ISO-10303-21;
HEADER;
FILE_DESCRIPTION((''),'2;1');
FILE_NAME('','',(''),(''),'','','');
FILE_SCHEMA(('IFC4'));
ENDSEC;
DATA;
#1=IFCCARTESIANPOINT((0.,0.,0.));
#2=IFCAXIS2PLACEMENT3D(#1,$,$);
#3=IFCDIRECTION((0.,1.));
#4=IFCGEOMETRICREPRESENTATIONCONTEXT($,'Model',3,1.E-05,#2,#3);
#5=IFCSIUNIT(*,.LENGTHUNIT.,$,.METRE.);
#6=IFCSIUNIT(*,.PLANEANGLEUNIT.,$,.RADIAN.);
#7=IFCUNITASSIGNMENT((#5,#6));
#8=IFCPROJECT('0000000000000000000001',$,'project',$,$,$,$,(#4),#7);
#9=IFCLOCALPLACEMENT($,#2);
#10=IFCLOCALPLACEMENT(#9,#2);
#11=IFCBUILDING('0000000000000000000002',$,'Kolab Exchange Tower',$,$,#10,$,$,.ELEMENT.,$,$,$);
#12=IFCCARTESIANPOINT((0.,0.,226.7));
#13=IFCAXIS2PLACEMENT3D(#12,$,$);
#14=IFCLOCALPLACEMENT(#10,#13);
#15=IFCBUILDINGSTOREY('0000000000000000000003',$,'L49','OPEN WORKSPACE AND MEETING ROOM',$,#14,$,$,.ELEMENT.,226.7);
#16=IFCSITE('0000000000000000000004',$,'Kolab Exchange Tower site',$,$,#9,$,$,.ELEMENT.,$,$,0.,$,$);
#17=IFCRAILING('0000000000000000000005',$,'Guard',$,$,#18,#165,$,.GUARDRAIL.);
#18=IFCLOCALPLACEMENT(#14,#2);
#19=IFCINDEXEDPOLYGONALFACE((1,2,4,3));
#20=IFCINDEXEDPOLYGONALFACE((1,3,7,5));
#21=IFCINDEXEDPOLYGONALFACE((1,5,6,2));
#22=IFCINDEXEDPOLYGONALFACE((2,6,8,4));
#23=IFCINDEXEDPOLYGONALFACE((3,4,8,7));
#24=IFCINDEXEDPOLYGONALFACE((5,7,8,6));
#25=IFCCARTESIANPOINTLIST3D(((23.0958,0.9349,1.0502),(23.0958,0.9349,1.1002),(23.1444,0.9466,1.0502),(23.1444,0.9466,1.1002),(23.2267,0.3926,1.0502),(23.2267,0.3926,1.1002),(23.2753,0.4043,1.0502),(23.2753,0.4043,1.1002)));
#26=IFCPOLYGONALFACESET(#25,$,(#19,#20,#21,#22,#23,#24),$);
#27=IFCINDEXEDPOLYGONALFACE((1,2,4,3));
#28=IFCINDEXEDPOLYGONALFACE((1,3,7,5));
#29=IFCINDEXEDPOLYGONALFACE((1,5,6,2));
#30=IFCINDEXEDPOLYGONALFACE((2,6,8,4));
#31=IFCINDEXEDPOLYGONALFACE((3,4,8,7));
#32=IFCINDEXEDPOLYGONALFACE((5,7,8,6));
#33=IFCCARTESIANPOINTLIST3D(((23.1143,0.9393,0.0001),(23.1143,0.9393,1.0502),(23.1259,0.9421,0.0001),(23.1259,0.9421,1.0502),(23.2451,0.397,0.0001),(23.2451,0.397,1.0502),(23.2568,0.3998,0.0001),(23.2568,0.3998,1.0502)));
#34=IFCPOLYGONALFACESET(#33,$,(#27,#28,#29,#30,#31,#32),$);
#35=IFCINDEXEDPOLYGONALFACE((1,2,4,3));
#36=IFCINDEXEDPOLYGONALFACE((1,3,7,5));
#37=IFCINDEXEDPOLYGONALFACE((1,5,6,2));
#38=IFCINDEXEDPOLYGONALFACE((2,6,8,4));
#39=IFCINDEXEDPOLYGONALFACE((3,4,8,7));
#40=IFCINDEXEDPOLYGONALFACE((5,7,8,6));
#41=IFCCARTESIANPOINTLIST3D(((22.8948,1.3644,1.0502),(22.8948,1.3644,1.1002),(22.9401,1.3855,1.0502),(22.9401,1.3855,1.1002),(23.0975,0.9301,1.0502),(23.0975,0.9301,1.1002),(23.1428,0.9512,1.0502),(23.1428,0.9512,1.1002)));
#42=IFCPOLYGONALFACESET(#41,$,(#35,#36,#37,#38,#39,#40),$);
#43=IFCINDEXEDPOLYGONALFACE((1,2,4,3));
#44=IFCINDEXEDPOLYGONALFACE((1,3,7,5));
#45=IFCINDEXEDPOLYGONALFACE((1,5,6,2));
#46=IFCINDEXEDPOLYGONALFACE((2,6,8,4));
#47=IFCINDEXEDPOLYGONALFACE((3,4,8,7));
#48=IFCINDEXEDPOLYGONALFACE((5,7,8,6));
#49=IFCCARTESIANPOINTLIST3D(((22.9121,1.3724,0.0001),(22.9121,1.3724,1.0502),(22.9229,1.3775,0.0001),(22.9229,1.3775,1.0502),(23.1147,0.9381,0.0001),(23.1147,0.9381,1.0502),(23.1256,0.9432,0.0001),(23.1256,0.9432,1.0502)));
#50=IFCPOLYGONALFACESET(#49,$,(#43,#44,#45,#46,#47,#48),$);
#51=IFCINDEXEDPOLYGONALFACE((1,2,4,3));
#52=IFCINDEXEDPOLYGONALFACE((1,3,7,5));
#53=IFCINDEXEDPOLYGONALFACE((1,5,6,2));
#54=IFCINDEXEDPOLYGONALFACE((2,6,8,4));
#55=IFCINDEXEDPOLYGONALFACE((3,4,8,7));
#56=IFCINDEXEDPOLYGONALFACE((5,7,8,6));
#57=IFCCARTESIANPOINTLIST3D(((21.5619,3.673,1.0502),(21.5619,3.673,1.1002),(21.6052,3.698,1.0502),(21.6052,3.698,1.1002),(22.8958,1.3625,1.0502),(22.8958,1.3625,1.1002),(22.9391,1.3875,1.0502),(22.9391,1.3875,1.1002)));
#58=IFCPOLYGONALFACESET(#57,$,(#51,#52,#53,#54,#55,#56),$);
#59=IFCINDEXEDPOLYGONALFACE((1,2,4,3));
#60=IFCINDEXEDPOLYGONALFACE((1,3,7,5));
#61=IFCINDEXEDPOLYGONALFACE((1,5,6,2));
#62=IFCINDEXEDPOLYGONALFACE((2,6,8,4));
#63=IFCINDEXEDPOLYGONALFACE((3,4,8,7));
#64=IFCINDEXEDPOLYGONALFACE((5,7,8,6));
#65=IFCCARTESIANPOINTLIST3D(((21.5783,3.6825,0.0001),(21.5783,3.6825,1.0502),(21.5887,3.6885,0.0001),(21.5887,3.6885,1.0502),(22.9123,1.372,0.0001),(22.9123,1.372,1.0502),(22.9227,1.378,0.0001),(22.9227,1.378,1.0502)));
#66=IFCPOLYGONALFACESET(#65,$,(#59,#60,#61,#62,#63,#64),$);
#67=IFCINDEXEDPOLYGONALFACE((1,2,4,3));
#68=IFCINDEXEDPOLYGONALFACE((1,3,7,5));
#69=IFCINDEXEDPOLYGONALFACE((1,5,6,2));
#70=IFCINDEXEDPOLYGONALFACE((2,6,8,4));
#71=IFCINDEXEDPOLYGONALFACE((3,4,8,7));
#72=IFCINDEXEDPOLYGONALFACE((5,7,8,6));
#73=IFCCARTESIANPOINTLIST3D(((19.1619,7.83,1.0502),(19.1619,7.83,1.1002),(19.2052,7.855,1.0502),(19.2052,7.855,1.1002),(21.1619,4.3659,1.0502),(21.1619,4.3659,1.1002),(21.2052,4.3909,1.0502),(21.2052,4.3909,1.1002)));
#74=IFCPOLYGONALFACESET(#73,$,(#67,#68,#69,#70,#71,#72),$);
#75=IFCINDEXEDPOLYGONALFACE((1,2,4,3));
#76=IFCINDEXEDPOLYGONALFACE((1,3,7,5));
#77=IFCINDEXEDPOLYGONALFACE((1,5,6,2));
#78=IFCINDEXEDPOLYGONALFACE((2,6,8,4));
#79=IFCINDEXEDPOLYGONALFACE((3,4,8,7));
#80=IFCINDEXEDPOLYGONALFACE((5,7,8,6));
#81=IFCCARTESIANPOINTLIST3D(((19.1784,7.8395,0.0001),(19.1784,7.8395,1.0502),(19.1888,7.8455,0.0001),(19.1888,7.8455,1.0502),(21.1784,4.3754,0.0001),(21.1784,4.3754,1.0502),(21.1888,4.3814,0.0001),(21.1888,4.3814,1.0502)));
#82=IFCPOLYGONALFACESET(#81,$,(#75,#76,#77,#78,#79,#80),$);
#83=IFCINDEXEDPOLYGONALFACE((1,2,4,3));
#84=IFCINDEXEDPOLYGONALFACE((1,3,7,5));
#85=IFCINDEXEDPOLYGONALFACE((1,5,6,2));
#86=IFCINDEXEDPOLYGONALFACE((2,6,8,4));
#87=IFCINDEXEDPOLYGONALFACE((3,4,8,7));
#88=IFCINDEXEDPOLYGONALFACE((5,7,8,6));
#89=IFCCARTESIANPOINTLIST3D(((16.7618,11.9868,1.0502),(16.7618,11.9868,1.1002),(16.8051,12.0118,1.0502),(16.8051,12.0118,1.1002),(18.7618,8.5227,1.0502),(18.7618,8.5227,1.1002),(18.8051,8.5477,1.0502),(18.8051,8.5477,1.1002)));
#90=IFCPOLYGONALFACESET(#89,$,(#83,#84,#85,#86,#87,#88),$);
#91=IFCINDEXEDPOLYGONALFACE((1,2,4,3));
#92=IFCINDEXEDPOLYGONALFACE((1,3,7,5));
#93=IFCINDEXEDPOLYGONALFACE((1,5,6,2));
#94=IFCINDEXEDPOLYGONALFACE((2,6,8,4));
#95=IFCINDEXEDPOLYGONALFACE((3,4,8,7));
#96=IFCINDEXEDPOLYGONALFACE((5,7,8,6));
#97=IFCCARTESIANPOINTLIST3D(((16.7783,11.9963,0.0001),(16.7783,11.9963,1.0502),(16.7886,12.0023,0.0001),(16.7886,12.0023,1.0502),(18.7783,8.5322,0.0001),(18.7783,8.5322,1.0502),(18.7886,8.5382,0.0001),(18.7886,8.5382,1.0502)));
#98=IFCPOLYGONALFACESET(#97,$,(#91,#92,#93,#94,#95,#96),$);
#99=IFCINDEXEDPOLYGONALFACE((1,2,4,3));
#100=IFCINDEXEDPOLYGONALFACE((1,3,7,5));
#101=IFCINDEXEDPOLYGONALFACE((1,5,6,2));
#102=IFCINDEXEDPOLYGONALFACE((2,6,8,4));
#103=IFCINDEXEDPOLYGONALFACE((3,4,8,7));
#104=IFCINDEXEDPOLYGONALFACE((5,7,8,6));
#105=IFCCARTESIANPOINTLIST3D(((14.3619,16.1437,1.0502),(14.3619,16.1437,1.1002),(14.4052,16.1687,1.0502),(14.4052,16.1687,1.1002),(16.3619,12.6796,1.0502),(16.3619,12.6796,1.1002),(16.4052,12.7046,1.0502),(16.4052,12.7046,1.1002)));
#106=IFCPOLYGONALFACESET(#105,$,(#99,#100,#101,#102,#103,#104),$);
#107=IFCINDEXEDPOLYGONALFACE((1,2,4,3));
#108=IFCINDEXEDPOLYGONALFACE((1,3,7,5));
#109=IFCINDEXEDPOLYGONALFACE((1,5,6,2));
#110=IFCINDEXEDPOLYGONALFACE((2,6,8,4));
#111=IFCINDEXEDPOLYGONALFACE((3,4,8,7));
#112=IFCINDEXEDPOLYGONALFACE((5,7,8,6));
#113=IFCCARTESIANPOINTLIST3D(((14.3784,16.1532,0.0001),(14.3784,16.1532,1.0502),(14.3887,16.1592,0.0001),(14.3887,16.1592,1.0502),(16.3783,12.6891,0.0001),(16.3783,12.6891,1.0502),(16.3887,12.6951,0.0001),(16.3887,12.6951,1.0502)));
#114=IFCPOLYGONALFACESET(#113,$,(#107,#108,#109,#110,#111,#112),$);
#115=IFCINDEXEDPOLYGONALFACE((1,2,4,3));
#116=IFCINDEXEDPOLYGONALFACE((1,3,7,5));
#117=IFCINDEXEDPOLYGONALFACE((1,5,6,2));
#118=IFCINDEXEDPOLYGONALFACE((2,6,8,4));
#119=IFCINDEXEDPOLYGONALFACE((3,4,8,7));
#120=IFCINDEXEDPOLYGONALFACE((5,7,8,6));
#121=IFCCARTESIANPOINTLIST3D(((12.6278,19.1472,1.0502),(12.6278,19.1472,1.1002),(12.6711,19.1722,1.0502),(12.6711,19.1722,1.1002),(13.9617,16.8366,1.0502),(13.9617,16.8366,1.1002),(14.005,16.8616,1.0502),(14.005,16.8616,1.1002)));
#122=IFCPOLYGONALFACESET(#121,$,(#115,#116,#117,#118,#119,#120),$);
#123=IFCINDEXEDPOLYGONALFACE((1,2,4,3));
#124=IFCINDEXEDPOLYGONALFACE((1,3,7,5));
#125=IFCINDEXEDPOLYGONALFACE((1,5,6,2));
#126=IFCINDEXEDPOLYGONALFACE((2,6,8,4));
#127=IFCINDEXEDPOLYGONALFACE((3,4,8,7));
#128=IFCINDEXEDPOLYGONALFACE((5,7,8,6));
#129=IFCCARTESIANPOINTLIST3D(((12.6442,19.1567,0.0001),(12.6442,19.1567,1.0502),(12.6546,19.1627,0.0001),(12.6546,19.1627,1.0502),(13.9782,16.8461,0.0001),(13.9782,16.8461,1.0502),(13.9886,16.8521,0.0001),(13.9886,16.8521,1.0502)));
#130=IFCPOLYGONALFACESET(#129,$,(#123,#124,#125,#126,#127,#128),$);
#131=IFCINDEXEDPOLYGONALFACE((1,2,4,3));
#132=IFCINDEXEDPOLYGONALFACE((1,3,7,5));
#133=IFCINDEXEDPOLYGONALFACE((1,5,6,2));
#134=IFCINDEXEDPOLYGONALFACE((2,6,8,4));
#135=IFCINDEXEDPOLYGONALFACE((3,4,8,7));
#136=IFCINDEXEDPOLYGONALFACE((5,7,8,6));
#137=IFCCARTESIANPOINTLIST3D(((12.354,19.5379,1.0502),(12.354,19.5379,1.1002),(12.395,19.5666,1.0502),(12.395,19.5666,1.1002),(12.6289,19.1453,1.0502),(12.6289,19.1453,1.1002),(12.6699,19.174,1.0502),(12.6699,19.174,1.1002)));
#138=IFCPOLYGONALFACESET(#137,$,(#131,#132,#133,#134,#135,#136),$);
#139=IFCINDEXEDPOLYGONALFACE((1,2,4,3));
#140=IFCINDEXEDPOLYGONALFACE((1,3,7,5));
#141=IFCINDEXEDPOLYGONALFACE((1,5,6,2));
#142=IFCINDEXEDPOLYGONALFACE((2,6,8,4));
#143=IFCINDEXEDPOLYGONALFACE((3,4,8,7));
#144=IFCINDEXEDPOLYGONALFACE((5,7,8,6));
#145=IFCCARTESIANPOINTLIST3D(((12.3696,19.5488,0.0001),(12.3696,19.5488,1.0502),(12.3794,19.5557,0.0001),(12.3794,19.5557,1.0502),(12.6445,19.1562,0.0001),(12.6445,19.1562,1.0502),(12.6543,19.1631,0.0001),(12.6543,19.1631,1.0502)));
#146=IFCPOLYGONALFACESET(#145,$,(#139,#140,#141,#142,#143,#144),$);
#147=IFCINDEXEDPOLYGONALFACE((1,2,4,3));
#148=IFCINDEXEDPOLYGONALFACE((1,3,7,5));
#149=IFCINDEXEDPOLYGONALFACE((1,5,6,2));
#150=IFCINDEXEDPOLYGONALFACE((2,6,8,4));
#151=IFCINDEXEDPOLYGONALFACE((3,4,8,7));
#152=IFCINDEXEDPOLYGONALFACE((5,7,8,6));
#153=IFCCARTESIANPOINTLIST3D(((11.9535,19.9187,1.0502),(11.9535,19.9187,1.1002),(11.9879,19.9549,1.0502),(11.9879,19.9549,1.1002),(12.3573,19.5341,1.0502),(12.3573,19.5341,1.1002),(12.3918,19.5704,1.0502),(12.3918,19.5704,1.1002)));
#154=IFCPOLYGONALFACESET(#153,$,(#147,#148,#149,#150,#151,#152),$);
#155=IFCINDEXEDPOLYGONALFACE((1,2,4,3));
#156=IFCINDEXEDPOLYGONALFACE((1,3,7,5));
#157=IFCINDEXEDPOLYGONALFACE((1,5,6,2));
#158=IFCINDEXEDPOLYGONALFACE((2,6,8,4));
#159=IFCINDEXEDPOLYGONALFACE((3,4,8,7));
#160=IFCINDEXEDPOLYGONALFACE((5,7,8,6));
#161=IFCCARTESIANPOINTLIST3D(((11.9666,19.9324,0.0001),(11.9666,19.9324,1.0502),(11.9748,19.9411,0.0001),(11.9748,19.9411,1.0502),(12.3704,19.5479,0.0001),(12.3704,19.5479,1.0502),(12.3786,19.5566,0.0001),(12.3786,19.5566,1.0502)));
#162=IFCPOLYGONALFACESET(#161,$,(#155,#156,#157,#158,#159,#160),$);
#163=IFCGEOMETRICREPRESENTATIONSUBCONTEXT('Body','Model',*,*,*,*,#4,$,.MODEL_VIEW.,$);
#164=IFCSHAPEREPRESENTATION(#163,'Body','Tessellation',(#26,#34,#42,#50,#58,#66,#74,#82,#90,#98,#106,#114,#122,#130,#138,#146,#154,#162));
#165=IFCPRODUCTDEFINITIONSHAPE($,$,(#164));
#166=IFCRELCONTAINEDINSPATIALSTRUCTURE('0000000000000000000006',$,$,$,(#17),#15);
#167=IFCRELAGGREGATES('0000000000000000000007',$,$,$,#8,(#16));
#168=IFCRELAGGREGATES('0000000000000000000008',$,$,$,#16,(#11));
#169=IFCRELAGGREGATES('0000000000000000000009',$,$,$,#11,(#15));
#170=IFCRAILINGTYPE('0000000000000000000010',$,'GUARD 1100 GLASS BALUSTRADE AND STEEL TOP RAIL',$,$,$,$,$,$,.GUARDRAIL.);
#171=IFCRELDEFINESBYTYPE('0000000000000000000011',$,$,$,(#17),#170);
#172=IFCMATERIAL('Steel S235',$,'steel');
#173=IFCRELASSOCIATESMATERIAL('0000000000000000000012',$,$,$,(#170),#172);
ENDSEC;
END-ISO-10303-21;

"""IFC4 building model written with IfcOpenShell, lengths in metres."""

from ifc_helpers import new_model, si_unit, direction, frame, frame_2d, origin, origin_2d, place, context, subcontext, project, spatial, rectangle, extrude, material, type_object, element, save


model = new_model("IFC4")

# Units and contexts
model_context = context("Model", 3, precision=1e-05, world=origin(), true_north=direction((0.0, 1.0)))
body_context = subcontext(model_context, "Body", "Model", "MODEL_VIEW")
ifc_project = project(units=[si_unit("LENGTHUNIT", "METRE"), si_unit("PLANEANGLEUNIT", "RADIAN")], contexts=[model_context])

# Site, building, storey
site_placement = place(None, origin())
site = spatial("IfcSite", under=ifc_project, at=site_placement, Name="Kolab Exchange Tower site", CompositionType="ELEMENT", RefElevation=0.0)
building_placement = place(site_placement, origin())
building = spatial("IfcBuilding", under=site, at=building_placement, Name="Kolab Exchange Tower", CompositionType="ELEMENT")
storey_placement = place(building_placement, frame((0.0, 0.0, 226.7)))
storey = spatial("IfcBuildingStorey", under=building, at=storey_placement, Name="L49", Description="OPEN WORKSPACE AND MEETING ROOM", CompositionType="ELEMENT", Elevation=226.7)

# Railing
ifc_material_1 = material(Name="Steel S235", Category="steel")
railing_type = type_object("IfcRailingType", Name="GUARD 1100 GLASS BALUSTRADE AND STEEL TOP RAIL", PredefinedType="GUARDRAIL", material=ifc_material_1)
railing_placement = place(storey_placement, frame((23.251, 0.3984, 0.0)))
element("IfcRailing", 1, at=railing_placement, inside=storey, type_object=railing_type, Name="Guard", PredefinedType="GUARDRAIL", context=body_context, shape_type="SweptSolid", body=[
    extrude(rectangle(XDim=0.05, YDim=0.05, at=origin_2d()), frame((0.0, 0.0, 1.0752), z_axis=(-0.234598, 0.972093, 0.0), x_axis=(-0.972093, -0.234598, 0.0)), (0.0, 0.0, 1.0), 0.5579),
    extrude(rectangle(XDim=0.012, YDim=1.0501, at=frame_2d((0.0, 0.5251))), frame((0.0, 0.0, 0.0), z_axis=(-0.234598, 0.972093, 0.0), x_axis=(-0.972093, -0.234598, 0.0)), (0.0, 0.0, 1.0), 0.5579),
    extrude(rectangle(XDim=0.05, YDim=0.05, at=origin_2d()), frame((-0.1309, 0.5422, 1.0752), z_axis=(-0.422802, 0.906222, 0.0), x_axis=(-0.906222, -0.422802, 0.0)), (0.0, 0.0, 1.0), 0.4792),
    extrude(rectangle(XDim=0.012, YDim=1.0501, at=frame_2d((0.0, 0.5251))), frame((-0.1309, 0.5422, 0.0), z_axis=(-0.422802, 0.906222, 0.0), x_axis=(-0.906222, -0.422802, 0.0)), (0.0, 0.0, 1.0), 0.4792),
    extrude(rectangle(XDim=0.05, YDim=0.05, at=origin_2d()), frame((-0.3335, 0.9766, 1.0752), z_axis=(-0.499997, 0.866027, 0.0), x_axis=(-0.866027, -0.499997, 0.0)), (0.0, 0.0, 1.0), 2.668),
    extrude(rectangle(XDim=0.012, YDim=1.0501, at=frame_2d((0.0, 0.5251))), frame((-0.3335, 0.9766, 0.0), z_axis=(-0.499997, 0.866027, 0.0), x_axis=(-0.866027, -0.499997, 0.0)), (0.0, 0.0, 1.0), 2.668),
    extrude(rectangle(XDim=0.05, YDim=0.05, at=origin_2d()), frame((-2.0674, 3.98, 1.0752), z_axis=(-0.499999, 0.866026, 0.0), x_axis=(-0.866026, -0.499999, 0.0)), (0.0, 0.0, 1.0), 4.0),
    extrude(rectangle(XDim=0.012, YDim=1.0501, at=frame_2d((0.0, 0.5251))), frame((-2.0674, 3.98, 0.0), z_axis=(-0.499999, 0.866026, 0.0), x_axis=(-0.866026, -0.499999, 0.0)), (0.0, 0.0, 1.0), 4.0),
    extrude(rectangle(XDim=0.05, YDim=0.05, at=origin_2d()), frame((-4.4675, 8.1367, 1.0752), z_axis=(-0.499999, 0.866026, 0.0), x_axis=(-0.866026, -0.499999, 0.0)), (0.0, 0.0, 1.0), 4.0),
    extrude(rectangle(XDim=0.012, YDim=1.0501, at=frame_2d((0.0, 0.5251))), frame((-4.4675, 8.1367, 0.0), z_axis=(-0.499999, 0.866026, 0.0), x_axis=(-0.866026, -0.499999, 0.0)), (0.0, 0.0, 1.0), 4.0),
    extrude(rectangle(XDim=0.05, YDim=0.05, at=origin_2d()), frame((-6.8674, 12.2937, 1.0752), z_axis=(-0.499999, 0.866026, 0.0), x_axis=(-0.866026, -0.499999, 0.0)), (0.0, 0.0, 1.0), 4.0),
    extrude(rectangle(XDim=0.012, YDim=1.0501, at=frame_2d((0.0, 0.5251))), frame((-6.8674, 12.2937, 0.0), z_axis=(-0.499999, 0.866026, 0.0), x_axis=(-0.866026, -0.499999, 0.0)), (0.0, 0.0, 1.0), 4.0),
    extrude(rectangle(XDim=0.05, YDim=0.05, at=origin_2d()), frame((-9.2676, 16.4507, 1.0752), z_axis=(-0.499997, 0.866027, 0.0), x_axis=(-0.866027, -0.499997, 0.0)), (0.0, 0.0, 1.0), 2.668),
    extrude(rectangle(XDim=0.012, YDim=1.0501, at=frame_2d((0.0, 0.5251))), frame((-9.2676, 16.4507, 0.0), z_axis=(-0.499997, 0.866027, 0.0), x_axis=(-0.866027, -0.499997, 0.0)), (0.0, 0.0, 1.0), 2.668),
    extrude(rectangle(XDim=0.05, YDim=0.05, at=origin_2d()), frame((-10.6016, 18.7612, 1.0752), z_axis=(-0.573599, 0.819136, 0.0), x_axis=(-0.819136, -0.573599, 0.0)), (0.0, 0.0, 1.0), 0.4792),
    extrude(rectangle(XDim=0.012, YDim=1.0501, at=frame_2d((0.0, 0.5251))), frame((-10.6016, 18.7612, 0.0), z_axis=(-0.573599, 0.819136, 0.0), x_axis=(-0.819136, -0.573599, 0.0)), (0.0, 0.0, 1.0), 0.4792),
    extrude(rectangle(XDim=0.05, YDim=0.05, at=origin_2d()), frame((-10.8765, 19.1538, 1.0752), z_axis=(-0.72419, 0.689601, 0.0), x_axis=(-0.689601, -0.72419, 0.0)), (0.0, 0.0, 1.0), 0.5576),
    extrude(rectangle(XDim=0.012, YDim=1.0501, at=frame_2d((0.0, 0.5251))), frame((-10.8765, 19.1538, 0.0), z_axis=(-0.72419, 0.689601, 0.0), x_axis=(-0.689601, -0.72419, 0.0)), (0.0, 0.0, 1.0), 0.5576),
])

save(model, "model.ifc")
